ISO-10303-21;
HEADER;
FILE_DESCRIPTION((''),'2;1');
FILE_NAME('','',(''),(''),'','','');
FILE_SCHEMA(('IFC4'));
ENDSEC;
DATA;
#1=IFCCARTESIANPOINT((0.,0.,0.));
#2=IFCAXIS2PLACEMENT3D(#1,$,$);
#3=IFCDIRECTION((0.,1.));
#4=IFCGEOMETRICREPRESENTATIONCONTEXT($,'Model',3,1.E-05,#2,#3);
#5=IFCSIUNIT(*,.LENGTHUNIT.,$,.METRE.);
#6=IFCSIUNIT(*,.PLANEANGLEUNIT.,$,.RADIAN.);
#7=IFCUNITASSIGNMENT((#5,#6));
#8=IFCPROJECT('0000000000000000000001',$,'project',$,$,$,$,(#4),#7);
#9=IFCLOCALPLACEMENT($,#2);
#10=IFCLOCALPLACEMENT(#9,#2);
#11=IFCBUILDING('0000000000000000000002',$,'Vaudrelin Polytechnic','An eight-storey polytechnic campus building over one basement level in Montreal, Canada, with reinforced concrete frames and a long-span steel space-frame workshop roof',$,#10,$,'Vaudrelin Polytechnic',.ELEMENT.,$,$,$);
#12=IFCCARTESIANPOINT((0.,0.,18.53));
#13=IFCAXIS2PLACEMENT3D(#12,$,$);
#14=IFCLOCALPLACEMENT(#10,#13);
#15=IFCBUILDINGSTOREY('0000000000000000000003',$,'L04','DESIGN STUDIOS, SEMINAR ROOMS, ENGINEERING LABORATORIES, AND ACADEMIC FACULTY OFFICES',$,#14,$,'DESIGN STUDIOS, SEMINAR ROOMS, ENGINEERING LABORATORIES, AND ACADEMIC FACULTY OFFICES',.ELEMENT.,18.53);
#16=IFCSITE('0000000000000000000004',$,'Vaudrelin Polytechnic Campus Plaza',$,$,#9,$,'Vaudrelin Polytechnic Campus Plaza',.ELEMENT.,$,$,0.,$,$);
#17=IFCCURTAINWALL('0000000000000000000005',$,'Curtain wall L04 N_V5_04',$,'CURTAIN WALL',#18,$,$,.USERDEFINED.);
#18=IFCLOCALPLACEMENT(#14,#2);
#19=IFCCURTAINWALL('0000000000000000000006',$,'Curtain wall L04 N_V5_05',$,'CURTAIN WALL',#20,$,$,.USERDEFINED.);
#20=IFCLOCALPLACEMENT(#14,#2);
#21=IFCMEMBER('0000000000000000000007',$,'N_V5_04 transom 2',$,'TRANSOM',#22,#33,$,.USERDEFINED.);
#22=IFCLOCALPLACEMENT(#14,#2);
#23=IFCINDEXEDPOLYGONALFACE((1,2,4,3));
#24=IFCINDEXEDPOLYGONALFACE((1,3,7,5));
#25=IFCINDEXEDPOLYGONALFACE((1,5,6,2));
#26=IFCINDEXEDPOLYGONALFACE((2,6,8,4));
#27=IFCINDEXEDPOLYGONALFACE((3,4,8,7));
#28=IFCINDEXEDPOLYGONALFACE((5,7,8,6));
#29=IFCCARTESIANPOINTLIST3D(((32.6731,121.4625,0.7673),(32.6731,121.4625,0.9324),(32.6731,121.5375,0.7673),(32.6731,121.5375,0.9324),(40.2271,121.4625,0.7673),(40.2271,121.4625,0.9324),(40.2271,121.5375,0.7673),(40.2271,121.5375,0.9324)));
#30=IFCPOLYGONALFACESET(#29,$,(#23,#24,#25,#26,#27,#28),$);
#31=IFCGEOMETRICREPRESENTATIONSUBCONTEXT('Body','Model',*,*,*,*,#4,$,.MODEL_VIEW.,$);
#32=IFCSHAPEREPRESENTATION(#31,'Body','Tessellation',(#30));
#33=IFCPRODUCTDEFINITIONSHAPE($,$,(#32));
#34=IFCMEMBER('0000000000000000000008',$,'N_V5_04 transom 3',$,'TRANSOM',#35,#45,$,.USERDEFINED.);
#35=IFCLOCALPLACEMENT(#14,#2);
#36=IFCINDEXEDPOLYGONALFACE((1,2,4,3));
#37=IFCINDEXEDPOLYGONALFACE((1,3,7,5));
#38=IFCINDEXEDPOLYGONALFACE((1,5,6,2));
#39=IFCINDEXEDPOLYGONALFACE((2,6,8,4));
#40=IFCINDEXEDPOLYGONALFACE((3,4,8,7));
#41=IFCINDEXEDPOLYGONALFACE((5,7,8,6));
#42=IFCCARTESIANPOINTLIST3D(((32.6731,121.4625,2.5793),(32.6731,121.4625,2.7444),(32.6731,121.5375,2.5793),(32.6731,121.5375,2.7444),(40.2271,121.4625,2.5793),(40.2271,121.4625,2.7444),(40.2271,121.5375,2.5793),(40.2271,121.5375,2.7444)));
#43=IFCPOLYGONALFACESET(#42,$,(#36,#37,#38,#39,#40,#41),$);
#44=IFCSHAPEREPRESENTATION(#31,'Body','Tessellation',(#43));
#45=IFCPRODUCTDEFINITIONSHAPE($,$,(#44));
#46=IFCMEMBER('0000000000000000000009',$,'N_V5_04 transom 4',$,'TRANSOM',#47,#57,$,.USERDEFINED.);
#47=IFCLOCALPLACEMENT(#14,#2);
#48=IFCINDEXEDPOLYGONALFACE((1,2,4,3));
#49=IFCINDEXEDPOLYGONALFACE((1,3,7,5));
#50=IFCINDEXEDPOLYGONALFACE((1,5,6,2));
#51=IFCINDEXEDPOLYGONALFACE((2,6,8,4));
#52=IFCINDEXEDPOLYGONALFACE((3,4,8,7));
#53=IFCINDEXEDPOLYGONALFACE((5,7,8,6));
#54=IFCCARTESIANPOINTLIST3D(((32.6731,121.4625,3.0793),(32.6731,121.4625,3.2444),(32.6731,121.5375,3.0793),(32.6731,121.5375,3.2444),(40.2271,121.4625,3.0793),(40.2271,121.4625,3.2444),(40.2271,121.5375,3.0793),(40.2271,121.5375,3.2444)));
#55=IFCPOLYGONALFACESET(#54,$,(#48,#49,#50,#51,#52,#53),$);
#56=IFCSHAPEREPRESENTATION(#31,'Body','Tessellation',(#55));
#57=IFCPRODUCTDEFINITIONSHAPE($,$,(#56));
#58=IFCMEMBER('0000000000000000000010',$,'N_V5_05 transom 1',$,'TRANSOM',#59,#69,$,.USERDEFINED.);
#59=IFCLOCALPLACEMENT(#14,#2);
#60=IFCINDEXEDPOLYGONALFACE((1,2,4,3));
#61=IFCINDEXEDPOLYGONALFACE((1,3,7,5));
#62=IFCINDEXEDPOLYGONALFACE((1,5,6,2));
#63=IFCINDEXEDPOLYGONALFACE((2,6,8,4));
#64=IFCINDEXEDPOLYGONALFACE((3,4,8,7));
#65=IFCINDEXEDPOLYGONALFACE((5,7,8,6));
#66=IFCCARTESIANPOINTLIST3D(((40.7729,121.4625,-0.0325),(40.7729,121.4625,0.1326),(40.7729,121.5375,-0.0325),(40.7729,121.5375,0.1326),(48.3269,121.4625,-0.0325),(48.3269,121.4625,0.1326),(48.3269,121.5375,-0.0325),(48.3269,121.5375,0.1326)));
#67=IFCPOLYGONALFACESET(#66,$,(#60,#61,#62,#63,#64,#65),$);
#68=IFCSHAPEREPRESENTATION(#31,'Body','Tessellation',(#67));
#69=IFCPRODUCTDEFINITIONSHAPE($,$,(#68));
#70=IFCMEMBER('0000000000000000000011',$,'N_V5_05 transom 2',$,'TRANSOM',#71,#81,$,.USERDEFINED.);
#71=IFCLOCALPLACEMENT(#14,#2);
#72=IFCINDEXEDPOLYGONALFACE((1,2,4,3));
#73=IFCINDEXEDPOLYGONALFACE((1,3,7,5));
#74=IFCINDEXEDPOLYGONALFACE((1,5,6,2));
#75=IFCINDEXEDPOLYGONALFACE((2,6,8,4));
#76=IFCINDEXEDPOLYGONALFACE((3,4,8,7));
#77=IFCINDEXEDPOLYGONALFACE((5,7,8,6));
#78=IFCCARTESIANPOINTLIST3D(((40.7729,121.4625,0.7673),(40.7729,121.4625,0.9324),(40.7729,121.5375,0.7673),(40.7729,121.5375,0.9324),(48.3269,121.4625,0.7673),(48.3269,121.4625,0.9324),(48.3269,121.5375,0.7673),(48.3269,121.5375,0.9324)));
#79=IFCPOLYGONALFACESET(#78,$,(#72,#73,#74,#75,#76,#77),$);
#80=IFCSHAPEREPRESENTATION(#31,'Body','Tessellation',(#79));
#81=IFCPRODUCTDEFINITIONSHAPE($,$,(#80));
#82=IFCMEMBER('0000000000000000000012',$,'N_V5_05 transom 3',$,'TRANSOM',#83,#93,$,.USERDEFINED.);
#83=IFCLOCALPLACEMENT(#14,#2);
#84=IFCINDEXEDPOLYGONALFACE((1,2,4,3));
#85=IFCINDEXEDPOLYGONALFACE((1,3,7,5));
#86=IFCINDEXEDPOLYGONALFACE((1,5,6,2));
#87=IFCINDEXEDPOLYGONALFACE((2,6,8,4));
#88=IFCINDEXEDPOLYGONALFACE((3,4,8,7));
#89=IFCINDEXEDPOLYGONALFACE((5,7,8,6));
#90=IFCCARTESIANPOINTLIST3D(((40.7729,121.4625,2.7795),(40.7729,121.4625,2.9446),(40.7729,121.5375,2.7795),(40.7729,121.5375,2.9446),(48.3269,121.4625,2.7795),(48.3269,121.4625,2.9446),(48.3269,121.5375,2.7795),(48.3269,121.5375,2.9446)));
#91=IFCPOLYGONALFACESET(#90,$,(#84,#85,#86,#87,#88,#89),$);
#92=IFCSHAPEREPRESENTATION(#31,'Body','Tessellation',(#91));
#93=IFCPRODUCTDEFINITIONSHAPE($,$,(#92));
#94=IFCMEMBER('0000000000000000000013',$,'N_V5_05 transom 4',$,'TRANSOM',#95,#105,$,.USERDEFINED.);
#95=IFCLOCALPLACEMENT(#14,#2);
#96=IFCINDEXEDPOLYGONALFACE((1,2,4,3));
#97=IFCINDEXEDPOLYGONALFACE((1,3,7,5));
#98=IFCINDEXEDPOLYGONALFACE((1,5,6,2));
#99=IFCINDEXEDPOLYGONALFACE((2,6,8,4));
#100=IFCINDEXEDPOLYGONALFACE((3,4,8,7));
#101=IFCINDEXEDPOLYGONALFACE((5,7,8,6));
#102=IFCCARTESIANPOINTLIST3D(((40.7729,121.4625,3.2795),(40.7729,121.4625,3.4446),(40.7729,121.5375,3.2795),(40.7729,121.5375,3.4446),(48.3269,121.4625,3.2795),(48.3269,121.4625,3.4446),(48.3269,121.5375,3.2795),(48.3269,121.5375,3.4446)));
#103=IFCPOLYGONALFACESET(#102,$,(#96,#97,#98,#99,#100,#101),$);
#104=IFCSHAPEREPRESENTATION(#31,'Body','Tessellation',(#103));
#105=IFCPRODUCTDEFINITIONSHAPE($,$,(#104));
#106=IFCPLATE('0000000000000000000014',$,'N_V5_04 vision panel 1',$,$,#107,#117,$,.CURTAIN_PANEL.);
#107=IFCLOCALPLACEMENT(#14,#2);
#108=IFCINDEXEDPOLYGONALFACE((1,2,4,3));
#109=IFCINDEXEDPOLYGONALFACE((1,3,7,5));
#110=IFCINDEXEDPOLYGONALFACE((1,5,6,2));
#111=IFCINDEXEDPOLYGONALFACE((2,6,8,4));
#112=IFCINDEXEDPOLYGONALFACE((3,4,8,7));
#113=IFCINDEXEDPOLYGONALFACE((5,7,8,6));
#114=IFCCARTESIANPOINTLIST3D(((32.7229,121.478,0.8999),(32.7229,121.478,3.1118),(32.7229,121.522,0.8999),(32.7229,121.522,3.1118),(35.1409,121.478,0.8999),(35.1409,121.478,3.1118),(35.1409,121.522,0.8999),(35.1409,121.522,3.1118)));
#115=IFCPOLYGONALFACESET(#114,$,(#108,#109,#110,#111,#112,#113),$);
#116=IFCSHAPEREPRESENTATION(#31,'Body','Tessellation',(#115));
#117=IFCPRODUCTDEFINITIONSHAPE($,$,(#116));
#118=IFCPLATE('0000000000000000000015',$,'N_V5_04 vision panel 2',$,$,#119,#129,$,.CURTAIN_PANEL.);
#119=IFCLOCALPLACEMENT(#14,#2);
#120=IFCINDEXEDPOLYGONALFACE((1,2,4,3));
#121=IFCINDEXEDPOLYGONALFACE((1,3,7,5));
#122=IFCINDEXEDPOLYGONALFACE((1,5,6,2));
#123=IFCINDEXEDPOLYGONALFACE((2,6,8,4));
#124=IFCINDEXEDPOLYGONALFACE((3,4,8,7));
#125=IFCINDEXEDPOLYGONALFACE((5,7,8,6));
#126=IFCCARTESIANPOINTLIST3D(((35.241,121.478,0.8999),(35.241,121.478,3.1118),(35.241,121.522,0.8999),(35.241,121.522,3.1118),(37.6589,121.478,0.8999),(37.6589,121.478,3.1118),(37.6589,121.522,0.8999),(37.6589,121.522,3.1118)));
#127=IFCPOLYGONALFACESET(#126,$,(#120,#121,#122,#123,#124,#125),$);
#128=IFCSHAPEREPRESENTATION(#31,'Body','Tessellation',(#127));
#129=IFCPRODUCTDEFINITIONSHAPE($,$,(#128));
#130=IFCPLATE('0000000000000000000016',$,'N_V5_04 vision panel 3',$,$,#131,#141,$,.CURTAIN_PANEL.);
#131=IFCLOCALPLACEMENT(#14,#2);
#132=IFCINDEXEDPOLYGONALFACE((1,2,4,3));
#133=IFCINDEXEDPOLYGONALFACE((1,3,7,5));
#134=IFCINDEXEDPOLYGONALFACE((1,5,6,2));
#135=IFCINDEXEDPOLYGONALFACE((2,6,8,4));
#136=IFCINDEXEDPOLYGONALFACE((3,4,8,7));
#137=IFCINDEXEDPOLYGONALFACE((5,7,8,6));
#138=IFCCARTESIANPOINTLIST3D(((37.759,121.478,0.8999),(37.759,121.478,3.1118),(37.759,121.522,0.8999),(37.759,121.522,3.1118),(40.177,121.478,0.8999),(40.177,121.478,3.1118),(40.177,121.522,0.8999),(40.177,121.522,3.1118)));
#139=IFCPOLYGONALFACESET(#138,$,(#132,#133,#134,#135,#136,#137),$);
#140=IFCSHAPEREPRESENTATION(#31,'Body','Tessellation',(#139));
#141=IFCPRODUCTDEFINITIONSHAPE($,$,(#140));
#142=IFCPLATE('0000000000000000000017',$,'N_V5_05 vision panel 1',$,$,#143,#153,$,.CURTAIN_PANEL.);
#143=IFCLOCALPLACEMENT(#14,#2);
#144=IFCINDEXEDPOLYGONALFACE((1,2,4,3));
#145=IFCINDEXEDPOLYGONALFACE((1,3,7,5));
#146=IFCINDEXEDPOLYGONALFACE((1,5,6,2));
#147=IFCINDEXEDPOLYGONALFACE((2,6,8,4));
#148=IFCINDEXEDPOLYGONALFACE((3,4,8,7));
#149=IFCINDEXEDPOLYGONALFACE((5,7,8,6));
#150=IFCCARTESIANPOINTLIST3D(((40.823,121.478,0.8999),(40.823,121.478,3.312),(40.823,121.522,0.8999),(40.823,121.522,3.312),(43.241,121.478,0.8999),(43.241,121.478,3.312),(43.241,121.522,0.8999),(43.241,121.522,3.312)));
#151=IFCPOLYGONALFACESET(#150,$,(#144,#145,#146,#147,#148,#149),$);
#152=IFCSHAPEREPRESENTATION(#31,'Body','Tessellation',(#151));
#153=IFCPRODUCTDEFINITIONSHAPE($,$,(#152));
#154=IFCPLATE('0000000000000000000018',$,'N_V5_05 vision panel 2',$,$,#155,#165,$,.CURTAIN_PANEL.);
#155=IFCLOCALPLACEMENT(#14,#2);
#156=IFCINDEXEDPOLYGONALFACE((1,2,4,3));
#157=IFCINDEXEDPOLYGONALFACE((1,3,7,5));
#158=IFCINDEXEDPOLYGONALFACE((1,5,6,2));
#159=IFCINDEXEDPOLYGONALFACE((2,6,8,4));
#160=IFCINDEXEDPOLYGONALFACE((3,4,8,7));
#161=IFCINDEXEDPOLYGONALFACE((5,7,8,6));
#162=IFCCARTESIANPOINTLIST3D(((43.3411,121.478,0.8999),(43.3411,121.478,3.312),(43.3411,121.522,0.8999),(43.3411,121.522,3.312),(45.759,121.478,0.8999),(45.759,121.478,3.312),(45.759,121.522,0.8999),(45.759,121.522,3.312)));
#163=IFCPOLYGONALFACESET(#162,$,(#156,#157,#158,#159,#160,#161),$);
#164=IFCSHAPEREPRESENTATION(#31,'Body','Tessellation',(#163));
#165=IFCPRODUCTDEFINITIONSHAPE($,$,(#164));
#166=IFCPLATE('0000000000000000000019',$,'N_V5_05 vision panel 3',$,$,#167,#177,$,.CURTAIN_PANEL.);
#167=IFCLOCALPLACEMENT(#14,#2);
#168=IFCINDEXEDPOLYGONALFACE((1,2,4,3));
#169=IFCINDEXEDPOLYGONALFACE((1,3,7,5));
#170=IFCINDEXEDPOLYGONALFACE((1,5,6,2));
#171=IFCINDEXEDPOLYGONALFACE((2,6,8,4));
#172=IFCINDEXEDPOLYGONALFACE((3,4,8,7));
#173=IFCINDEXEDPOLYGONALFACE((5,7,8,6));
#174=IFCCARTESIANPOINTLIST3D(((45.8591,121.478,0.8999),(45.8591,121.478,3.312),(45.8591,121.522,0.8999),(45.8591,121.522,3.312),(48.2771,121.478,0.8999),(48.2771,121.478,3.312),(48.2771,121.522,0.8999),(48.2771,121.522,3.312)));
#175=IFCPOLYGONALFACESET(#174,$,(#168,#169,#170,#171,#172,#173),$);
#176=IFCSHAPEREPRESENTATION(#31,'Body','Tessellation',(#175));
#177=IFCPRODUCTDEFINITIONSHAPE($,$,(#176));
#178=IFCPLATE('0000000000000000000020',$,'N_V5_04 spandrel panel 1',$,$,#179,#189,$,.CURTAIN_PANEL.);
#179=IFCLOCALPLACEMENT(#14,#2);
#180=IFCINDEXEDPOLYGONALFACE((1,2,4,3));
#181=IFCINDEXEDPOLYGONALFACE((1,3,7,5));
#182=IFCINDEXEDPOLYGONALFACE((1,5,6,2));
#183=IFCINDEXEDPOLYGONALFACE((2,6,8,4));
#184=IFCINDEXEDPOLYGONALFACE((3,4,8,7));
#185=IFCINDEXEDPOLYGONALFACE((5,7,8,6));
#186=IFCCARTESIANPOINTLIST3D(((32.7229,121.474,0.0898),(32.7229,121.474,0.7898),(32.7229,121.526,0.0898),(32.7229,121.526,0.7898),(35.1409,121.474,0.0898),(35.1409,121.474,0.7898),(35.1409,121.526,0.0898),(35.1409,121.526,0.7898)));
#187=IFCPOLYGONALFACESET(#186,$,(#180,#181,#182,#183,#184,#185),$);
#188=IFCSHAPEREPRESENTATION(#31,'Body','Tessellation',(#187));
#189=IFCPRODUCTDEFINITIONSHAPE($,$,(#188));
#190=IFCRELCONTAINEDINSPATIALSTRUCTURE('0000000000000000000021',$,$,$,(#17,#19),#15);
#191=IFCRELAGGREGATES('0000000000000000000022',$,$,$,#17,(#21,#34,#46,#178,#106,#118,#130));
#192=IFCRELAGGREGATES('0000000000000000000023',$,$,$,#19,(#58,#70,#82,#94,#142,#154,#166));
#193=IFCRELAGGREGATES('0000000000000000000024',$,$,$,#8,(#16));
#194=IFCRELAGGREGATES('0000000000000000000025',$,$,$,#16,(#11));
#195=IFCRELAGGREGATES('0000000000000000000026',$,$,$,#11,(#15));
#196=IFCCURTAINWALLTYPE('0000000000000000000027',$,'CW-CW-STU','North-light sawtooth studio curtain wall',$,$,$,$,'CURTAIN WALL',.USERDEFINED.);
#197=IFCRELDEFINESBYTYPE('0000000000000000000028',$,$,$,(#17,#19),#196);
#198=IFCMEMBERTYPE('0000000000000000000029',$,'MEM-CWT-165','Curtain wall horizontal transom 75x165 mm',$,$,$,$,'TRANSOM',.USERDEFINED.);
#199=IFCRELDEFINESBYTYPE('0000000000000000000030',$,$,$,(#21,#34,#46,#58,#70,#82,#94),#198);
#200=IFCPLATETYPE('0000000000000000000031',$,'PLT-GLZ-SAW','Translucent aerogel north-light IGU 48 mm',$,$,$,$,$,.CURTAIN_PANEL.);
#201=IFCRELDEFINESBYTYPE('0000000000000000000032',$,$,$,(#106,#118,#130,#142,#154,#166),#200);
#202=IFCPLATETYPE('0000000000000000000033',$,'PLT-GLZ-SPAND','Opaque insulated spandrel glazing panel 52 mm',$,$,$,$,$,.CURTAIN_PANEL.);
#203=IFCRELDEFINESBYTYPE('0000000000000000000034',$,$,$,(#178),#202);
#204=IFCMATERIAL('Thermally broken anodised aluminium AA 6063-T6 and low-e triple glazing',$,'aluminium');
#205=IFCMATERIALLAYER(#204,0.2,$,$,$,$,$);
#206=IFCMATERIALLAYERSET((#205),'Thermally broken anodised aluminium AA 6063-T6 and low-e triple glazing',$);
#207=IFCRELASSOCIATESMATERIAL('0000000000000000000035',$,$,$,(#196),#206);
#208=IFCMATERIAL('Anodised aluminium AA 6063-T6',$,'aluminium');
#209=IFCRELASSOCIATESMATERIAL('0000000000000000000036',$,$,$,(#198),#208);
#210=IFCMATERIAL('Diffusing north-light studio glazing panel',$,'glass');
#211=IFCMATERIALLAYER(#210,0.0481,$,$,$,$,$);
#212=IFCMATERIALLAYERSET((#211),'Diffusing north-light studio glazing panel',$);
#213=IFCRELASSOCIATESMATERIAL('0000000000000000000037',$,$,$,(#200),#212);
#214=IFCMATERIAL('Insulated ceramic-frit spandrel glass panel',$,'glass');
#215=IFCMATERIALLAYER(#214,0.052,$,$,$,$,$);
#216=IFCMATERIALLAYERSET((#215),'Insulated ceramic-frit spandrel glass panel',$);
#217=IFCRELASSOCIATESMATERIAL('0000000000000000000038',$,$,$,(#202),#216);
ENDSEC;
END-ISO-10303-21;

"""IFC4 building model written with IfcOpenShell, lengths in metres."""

from ifc_helpers import new_model, si_unit, direction, frame, origin, origin_2d, place, context, subcontext, project, spatial, rectangle, extrude, material, layer, layer_set, material_profile, profile_set, type_object, element, aggregate, save


model = new_model("IFC4")

# Units and contexts
model_context = context("Model", 3, precision=1e-05, world=origin(), true_north=direction((0.0, 1.0)))
body_context = subcontext(model_context, "Body", "Model", "MODEL_VIEW")
ifc_project = project(units=[si_unit("LENGTHUNIT", "METRE"), si_unit("PLANEANGLEUNIT", "RADIAN")], contexts=[model_context])

# Site, building, storey
site_placement = place(None, origin())
site = spatial("IfcSite", under=ifc_project, at=site_placement, Name="Vaudrelin Polytechnic Campus Plaza", LongName="Vaudrelin Polytechnic Campus Plaza", CompositionType="ELEMENT", RefElevation=0.0)
building_placement = place(site_placement, origin())
building = spatial("IfcBuilding", under=site, at=building_placement, Name="Vaudrelin Polytechnic", Description="An eight-storey polytechnic campus building over one basement level in Montreal, Canada, with reinforced concrete frames and a long-span steel space-frame workshop roof", LongName="Vaudrelin Polytechnic", CompositionType="ELEMENT")
storey_placement = place(building_placement, frame((0.0, 0.0, 18.53)))
storey = spatial("IfcBuildingStorey", under=building, at=storey_placement, Name="L04", Description="DESIGN STUDIOS, SEMINAR ROOMS, ENGINEERING LABORATORIES, AND ACADEMIC FACULTY OFFICES", LongName="DESIGN STUDIOS, SEMINAR ROOMS, ENGINEERING LABORATORIES, AND ACADEMIC FACULTY OFFICES", CompositionType="ELEMENT", Elevation=18.53)

# Curtain walls
ifc_material_1 = material(Name="Thermally broken anodised aluminium AA 6063-T6 and low-e triple glazing", Category="aluminium")
ifc_layer_1 = layer(ifc_material_1, 0.2)
ifc_layer_set_1 = layer_set([ifc_layer_1], Name="Thermally broken anodised aluminium AA 6063-T6 and low-e triple glazing")
curtain_wall_type = type_object("IfcCurtainWallType", Name="CW-CW-STU", Description="North-light sawtooth studio curtain wall", ElementType="CURTAIN WALL", PredefinedType="USERDEFINED", material=ifc_layer_set_1)
curtain_wall_1_placement = place(storey_placement, origin())
curtain_wall_1 = element("IfcCurtainWall", 1, at=curtain_wall_1_placement, inside=storey, type_object=curtain_wall_type, Name="Curtain wall L04 N_V5_04", ObjectType="CURTAIN WALL", PredefinedType="USERDEFINED")
ifc_material_2 = material(Name="Anodised aluminium AA 6063-T6", Category="aluminium")
curtain_wall_2_placement = place(storey_placement, origin())
curtain_wall_2 = element("IfcCurtainWall", 2, at=curtain_wall_2_placement, inside=storey, type_object=curtain_wall_type, Name="Curtain wall L04 N_V5_05", ObjectType="CURTAIN WALL", PredefinedType="USERDEFINED")

# Members
ifc_material_profile_1 = material_profile(ifc_material_2, rectangle(XDim=0.075, YDim=0.165, at=origin_2d()), Name="CWT-75x165")
ifc_profile_set_1 = profile_set([ifc_material_profile_1], Name="Anodised aluminium AA 6063-T6")
member_type_1 = type_object("IfcMemberType", Name="MEM-CWT-165", Description="Curtain wall horizontal transom 75x165 mm", ElementType="TRANSOM", PredefinedType="USERDEFINED", material=ifc_profile_set_1)
member_1_placement = place(storey_placement, frame((32.6731, 121.5, 0.8499), z_axis=(1.0, 0.0, 0.0), x_axis=(0.0, 1.0, 0.0)))
member_1 = element("IfcMember", 3, at=member_1_placement, type_object=member_type_1, Name="N_V5_04 transom 2", ObjectType="TRANSOM", PredefinedType="USERDEFINED", context=body_context, shape_type="SweptSolid", body=[
    extrude(rectangle(XDim=0.075, YDim=0.165, at=origin_2d()), origin(), (0.0, 0.0, 1.0), 7.554),
])
member_2_placement = place(storey_placement, frame((32.6731, 121.5, 2.6619), z_axis=(1.0, 0.0, 0.0), x_axis=(0.0, 1.0, 0.0)))
member_2 = element("IfcMember", 4, at=member_2_placement, type_object=member_type_1, Name="N_V5_04 transom 3", ObjectType="TRANSOM", PredefinedType="USERDEFINED", context=body_context, shape_type="SweptSolid", body=[
    extrude(rectangle(XDim=0.075, YDim=0.165, at=origin_2d()), origin(), (0.0, 0.0, 1.0), 7.554),
])
member_3_placement = place(storey_placement, frame((32.6731, 121.5, 3.1619), z_axis=(1.0, 0.0, 0.0), x_axis=(0.0, 1.0, 0.0)))
member_3 = element("IfcMember", 5, at=member_3_placement, type_object=member_type_1, Name="N_V5_04 transom 4", ObjectType="TRANSOM", PredefinedType="USERDEFINED", context=body_context, shape_type="SweptSolid", body=[
    extrude(rectangle(XDim=0.075, YDim=0.165, at=origin_2d()), origin(), (0.0, 0.0, 1.0), 7.554),
])
member_4_placement = place(storey_placement, frame((40.7729, 121.5, 0.05), z_axis=(1.0, 0.0, 0.0), x_axis=(0.0, 1.0, 0.0)))
member_4 = element("IfcMember", 6, at=member_4_placement, type_object=member_type_1, Name="N_V5_05 transom 1", ObjectType="TRANSOM", PredefinedType="USERDEFINED", context=body_context, shape_type="SweptSolid", body=[
    extrude(rectangle(XDim=0.075, YDim=0.165, at=origin_2d()), origin(), (0.0, 0.0, 1.0), 7.554),
])
member_5_placement = place(storey_placement, frame((40.7729, 121.5, 0.8499), z_axis=(1.0, 0.0, 0.0), x_axis=(0.0, 1.0, 0.0)))
member_5 = element("IfcMember", 7, at=member_5_placement, type_object=member_type_1, Name="N_V5_05 transom 2", ObjectType="TRANSOM", PredefinedType="USERDEFINED", context=body_context, shape_type="SweptSolid", body=[
    extrude(rectangle(XDim=0.075, YDim=0.165, at=origin_2d()), origin(), (0.0, 0.0, 1.0), 7.554),
])
member_6_placement = place(storey_placement, frame((40.7729, 121.5, 2.8621), z_axis=(1.0, 0.0, 0.0), x_axis=(0.0, 1.0, 0.0)))
member_6 = element("IfcMember", 8, at=member_6_placement, type_object=member_type_1, Name="N_V5_05 transom 3", ObjectType="TRANSOM", PredefinedType="USERDEFINED", context=body_context, shape_type="SweptSolid", body=[
    extrude(rectangle(XDim=0.075, YDim=0.165, at=origin_2d()), origin(), (0.0, 0.0, 1.0), 7.554),
])
member_7_placement = place(storey_placement, frame((40.7729, 121.5, 3.3621), z_axis=(1.0, 0.0, 0.0), x_axis=(0.0, 1.0, 0.0)))
member_7 = element("IfcMember", 9, at=member_7_placement, type_object=member_type_1, Name="N_V5_05 transom 4", ObjectType="TRANSOM", PredefinedType="USERDEFINED", context=body_context, shape_type="SweptSolid", body=[
    extrude(rectangle(XDim=0.075, YDim=0.165, at=origin_2d()), origin(), (0.0, 0.0, 1.0), 7.554),
])

# Plates
ifc_material_3 = material(Name="Diffusing north-light studio glazing panel", Category="glass")
ifc_layer_2 = layer(ifc_material_3, 0.0481)
ifc_layer_set_2 = layer_set([ifc_layer_2], Name="Diffusing north-light studio glazing panel")
plate_type_1 = type_object("IfcPlateType", Name="PLT-GLZ-SAW", Description="Translucent aerogel north-light IGU 48 mm", PredefinedType="CURTAIN_PANEL", material=ifc_layer_set_2)
plate_1_placement = place(storey_placement, frame((33.9319, 121.5, 0.8999), z_axis=(0.0, 0.0, 1.0), x_axis=(1.0, 0.0, 0.0)))
plate_1 = element("IfcPlate", 10, at=plate_1_placement, type_object=plate_type_1, Name="N_V5_04 vision panel 1", PredefinedType="CURTAIN_PANEL", context=body_context, shape_type="SweptSolid", body=[
    extrude(rectangle(XDim=2.418, YDim=0.0439, at=origin_2d()), origin(), (0.0, 0.0, 1.0), 2.2119),
])
plate_2_placement = place(storey_placement, frame((36.45, 121.5, 0.8999), z_axis=(0.0, 0.0, 1.0), x_axis=(1.0, 0.0, 0.0)))
plate_2 = element("IfcPlate", 11, at=plate_2_placement, type_object=plate_type_1, Name="N_V5_04 vision panel 2", PredefinedType="CURTAIN_PANEL", context=body_context, shape_type="SweptSolid", body=[
    extrude(rectangle(XDim=2.418, YDim=0.0439, at=origin_2d()), origin(), (0.0, 0.0, 1.0), 2.2119),
])
plate_3_placement = place(storey_placement, frame((38.968, 121.5, 0.8999), z_axis=(0.0, 0.0, 1.0), x_axis=(1.0, 0.0, 0.0)))
plate_3 = element("IfcPlate", 12, at=plate_3_placement, type_object=plate_type_1, Name="N_V5_04 vision panel 3", PredefinedType="CURTAIN_PANEL", context=body_context, shape_type="SweptSolid", body=[
    extrude(rectangle(XDim=2.418, YDim=0.0439, at=origin_2d()), origin(), (0.0, 0.0, 1.0), 2.2119),
])
plate_4_placement = place(storey_placement, frame((42.032, 121.5, 0.8999), z_axis=(0.0, 0.0, 1.0), x_axis=(1.0, 0.0, 0.0)))
plate_4 = element("IfcPlate", 13, at=plate_4_placement, type_object=plate_type_1, Name="N_V5_05 vision panel 1", PredefinedType="CURTAIN_PANEL", context=body_context, shape_type="SweptSolid", body=[
    extrude(rectangle(XDim=2.418, YDim=0.0439, at=origin_2d()), origin(), (0.0, 0.0, 1.0), 2.4121),
])
plate_5_placement = place(storey_placement, frame((44.55, 121.5, 0.8999), z_axis=(0.0, 0.0, 1.0), x_axis=(1.0, 0.0, 0.0)))
plate_5 = element("IfcPlate", 14, at=plate_5_placement, type_object=plate_type_1, Name="N_V5_05 vision panel 2", PredefinedType="CURTAIN_PANEL", context=body_context, shape_type="SweptSolid", body=[
    extrude(rectangle(XDim=2.418, YDim=0.0439, at=origin_2d()), origin(), (0.0, 0.0, 1.0), 2.4121),
])
plate_6_placement = place(storey_placement, frame((47.0681, 121.5, 0.8999), z_axis=(0.0, 0.0, 1.0), x_axis=(1.0, 0.0, 0.0)))
plate_6 = element("IfcPlate", 15, at=plate_6_placement, type_object=plate_type_1, Name="N_V5_05 vision panel 3", PredefinedType="CURTAIN_PANEL", context=body_context, shape_type="SweptSolid", body=[
    extrude(rectangle(XDim=2.418, YDim=0.0439, at=origin_2d()), origin(), (0.0, 0.0, 1.0), 2.4121),
])
ifc_material_4 = material(Name="Insulated ceramic-frit spandrel glass panel", Category="glass")
ifc_layer_3 = layer(ifc_material_4, 0.052)
ifc_layer_set_3 = layer_set([ifc_layer_3], Name="Insulated ceramic-frit spandrel glass panel")
plate_type_2 = type_object("IfcPlateType", Name="PLT-GLZ-SPAND", Description="Opaque insulated spandrel glazing panel 52 mm", PredefinedType="CURTAIN_PANEL", material=ifc_layer_set_3)
plate_7_placement = place(storey_placement, frame((33.9319, 121.5, 0.0898), z_axis=(0.0, 0.0, 1.0), x_axis=(1.0, 0.0, 0.0)))
plate_7 = element("IfcPlate", 16, at=plate_7_placement, type_object=plate_type_2, Name="N_V5_04 spandrel panel 1", PredefinedType="CURTAIN_PANEL", context=body_context, shape_type="SweptSolid", body=[
    extrude(rectangle(XDim=2.418, YDim=0.052, at=origin_2d()), origin(), (0.0, 0.0, 1.0), 0.7),
])
aggregate(curtain_wall_1, [member_1, member_2, member_3, plate_7, plate_1, plate_2, plate_3])
aggregate(curtain_wall_2, [member_4, member_5, member_6, member_7, plate_4, plate_5, plate_6])

save(model, "model.ifc")
